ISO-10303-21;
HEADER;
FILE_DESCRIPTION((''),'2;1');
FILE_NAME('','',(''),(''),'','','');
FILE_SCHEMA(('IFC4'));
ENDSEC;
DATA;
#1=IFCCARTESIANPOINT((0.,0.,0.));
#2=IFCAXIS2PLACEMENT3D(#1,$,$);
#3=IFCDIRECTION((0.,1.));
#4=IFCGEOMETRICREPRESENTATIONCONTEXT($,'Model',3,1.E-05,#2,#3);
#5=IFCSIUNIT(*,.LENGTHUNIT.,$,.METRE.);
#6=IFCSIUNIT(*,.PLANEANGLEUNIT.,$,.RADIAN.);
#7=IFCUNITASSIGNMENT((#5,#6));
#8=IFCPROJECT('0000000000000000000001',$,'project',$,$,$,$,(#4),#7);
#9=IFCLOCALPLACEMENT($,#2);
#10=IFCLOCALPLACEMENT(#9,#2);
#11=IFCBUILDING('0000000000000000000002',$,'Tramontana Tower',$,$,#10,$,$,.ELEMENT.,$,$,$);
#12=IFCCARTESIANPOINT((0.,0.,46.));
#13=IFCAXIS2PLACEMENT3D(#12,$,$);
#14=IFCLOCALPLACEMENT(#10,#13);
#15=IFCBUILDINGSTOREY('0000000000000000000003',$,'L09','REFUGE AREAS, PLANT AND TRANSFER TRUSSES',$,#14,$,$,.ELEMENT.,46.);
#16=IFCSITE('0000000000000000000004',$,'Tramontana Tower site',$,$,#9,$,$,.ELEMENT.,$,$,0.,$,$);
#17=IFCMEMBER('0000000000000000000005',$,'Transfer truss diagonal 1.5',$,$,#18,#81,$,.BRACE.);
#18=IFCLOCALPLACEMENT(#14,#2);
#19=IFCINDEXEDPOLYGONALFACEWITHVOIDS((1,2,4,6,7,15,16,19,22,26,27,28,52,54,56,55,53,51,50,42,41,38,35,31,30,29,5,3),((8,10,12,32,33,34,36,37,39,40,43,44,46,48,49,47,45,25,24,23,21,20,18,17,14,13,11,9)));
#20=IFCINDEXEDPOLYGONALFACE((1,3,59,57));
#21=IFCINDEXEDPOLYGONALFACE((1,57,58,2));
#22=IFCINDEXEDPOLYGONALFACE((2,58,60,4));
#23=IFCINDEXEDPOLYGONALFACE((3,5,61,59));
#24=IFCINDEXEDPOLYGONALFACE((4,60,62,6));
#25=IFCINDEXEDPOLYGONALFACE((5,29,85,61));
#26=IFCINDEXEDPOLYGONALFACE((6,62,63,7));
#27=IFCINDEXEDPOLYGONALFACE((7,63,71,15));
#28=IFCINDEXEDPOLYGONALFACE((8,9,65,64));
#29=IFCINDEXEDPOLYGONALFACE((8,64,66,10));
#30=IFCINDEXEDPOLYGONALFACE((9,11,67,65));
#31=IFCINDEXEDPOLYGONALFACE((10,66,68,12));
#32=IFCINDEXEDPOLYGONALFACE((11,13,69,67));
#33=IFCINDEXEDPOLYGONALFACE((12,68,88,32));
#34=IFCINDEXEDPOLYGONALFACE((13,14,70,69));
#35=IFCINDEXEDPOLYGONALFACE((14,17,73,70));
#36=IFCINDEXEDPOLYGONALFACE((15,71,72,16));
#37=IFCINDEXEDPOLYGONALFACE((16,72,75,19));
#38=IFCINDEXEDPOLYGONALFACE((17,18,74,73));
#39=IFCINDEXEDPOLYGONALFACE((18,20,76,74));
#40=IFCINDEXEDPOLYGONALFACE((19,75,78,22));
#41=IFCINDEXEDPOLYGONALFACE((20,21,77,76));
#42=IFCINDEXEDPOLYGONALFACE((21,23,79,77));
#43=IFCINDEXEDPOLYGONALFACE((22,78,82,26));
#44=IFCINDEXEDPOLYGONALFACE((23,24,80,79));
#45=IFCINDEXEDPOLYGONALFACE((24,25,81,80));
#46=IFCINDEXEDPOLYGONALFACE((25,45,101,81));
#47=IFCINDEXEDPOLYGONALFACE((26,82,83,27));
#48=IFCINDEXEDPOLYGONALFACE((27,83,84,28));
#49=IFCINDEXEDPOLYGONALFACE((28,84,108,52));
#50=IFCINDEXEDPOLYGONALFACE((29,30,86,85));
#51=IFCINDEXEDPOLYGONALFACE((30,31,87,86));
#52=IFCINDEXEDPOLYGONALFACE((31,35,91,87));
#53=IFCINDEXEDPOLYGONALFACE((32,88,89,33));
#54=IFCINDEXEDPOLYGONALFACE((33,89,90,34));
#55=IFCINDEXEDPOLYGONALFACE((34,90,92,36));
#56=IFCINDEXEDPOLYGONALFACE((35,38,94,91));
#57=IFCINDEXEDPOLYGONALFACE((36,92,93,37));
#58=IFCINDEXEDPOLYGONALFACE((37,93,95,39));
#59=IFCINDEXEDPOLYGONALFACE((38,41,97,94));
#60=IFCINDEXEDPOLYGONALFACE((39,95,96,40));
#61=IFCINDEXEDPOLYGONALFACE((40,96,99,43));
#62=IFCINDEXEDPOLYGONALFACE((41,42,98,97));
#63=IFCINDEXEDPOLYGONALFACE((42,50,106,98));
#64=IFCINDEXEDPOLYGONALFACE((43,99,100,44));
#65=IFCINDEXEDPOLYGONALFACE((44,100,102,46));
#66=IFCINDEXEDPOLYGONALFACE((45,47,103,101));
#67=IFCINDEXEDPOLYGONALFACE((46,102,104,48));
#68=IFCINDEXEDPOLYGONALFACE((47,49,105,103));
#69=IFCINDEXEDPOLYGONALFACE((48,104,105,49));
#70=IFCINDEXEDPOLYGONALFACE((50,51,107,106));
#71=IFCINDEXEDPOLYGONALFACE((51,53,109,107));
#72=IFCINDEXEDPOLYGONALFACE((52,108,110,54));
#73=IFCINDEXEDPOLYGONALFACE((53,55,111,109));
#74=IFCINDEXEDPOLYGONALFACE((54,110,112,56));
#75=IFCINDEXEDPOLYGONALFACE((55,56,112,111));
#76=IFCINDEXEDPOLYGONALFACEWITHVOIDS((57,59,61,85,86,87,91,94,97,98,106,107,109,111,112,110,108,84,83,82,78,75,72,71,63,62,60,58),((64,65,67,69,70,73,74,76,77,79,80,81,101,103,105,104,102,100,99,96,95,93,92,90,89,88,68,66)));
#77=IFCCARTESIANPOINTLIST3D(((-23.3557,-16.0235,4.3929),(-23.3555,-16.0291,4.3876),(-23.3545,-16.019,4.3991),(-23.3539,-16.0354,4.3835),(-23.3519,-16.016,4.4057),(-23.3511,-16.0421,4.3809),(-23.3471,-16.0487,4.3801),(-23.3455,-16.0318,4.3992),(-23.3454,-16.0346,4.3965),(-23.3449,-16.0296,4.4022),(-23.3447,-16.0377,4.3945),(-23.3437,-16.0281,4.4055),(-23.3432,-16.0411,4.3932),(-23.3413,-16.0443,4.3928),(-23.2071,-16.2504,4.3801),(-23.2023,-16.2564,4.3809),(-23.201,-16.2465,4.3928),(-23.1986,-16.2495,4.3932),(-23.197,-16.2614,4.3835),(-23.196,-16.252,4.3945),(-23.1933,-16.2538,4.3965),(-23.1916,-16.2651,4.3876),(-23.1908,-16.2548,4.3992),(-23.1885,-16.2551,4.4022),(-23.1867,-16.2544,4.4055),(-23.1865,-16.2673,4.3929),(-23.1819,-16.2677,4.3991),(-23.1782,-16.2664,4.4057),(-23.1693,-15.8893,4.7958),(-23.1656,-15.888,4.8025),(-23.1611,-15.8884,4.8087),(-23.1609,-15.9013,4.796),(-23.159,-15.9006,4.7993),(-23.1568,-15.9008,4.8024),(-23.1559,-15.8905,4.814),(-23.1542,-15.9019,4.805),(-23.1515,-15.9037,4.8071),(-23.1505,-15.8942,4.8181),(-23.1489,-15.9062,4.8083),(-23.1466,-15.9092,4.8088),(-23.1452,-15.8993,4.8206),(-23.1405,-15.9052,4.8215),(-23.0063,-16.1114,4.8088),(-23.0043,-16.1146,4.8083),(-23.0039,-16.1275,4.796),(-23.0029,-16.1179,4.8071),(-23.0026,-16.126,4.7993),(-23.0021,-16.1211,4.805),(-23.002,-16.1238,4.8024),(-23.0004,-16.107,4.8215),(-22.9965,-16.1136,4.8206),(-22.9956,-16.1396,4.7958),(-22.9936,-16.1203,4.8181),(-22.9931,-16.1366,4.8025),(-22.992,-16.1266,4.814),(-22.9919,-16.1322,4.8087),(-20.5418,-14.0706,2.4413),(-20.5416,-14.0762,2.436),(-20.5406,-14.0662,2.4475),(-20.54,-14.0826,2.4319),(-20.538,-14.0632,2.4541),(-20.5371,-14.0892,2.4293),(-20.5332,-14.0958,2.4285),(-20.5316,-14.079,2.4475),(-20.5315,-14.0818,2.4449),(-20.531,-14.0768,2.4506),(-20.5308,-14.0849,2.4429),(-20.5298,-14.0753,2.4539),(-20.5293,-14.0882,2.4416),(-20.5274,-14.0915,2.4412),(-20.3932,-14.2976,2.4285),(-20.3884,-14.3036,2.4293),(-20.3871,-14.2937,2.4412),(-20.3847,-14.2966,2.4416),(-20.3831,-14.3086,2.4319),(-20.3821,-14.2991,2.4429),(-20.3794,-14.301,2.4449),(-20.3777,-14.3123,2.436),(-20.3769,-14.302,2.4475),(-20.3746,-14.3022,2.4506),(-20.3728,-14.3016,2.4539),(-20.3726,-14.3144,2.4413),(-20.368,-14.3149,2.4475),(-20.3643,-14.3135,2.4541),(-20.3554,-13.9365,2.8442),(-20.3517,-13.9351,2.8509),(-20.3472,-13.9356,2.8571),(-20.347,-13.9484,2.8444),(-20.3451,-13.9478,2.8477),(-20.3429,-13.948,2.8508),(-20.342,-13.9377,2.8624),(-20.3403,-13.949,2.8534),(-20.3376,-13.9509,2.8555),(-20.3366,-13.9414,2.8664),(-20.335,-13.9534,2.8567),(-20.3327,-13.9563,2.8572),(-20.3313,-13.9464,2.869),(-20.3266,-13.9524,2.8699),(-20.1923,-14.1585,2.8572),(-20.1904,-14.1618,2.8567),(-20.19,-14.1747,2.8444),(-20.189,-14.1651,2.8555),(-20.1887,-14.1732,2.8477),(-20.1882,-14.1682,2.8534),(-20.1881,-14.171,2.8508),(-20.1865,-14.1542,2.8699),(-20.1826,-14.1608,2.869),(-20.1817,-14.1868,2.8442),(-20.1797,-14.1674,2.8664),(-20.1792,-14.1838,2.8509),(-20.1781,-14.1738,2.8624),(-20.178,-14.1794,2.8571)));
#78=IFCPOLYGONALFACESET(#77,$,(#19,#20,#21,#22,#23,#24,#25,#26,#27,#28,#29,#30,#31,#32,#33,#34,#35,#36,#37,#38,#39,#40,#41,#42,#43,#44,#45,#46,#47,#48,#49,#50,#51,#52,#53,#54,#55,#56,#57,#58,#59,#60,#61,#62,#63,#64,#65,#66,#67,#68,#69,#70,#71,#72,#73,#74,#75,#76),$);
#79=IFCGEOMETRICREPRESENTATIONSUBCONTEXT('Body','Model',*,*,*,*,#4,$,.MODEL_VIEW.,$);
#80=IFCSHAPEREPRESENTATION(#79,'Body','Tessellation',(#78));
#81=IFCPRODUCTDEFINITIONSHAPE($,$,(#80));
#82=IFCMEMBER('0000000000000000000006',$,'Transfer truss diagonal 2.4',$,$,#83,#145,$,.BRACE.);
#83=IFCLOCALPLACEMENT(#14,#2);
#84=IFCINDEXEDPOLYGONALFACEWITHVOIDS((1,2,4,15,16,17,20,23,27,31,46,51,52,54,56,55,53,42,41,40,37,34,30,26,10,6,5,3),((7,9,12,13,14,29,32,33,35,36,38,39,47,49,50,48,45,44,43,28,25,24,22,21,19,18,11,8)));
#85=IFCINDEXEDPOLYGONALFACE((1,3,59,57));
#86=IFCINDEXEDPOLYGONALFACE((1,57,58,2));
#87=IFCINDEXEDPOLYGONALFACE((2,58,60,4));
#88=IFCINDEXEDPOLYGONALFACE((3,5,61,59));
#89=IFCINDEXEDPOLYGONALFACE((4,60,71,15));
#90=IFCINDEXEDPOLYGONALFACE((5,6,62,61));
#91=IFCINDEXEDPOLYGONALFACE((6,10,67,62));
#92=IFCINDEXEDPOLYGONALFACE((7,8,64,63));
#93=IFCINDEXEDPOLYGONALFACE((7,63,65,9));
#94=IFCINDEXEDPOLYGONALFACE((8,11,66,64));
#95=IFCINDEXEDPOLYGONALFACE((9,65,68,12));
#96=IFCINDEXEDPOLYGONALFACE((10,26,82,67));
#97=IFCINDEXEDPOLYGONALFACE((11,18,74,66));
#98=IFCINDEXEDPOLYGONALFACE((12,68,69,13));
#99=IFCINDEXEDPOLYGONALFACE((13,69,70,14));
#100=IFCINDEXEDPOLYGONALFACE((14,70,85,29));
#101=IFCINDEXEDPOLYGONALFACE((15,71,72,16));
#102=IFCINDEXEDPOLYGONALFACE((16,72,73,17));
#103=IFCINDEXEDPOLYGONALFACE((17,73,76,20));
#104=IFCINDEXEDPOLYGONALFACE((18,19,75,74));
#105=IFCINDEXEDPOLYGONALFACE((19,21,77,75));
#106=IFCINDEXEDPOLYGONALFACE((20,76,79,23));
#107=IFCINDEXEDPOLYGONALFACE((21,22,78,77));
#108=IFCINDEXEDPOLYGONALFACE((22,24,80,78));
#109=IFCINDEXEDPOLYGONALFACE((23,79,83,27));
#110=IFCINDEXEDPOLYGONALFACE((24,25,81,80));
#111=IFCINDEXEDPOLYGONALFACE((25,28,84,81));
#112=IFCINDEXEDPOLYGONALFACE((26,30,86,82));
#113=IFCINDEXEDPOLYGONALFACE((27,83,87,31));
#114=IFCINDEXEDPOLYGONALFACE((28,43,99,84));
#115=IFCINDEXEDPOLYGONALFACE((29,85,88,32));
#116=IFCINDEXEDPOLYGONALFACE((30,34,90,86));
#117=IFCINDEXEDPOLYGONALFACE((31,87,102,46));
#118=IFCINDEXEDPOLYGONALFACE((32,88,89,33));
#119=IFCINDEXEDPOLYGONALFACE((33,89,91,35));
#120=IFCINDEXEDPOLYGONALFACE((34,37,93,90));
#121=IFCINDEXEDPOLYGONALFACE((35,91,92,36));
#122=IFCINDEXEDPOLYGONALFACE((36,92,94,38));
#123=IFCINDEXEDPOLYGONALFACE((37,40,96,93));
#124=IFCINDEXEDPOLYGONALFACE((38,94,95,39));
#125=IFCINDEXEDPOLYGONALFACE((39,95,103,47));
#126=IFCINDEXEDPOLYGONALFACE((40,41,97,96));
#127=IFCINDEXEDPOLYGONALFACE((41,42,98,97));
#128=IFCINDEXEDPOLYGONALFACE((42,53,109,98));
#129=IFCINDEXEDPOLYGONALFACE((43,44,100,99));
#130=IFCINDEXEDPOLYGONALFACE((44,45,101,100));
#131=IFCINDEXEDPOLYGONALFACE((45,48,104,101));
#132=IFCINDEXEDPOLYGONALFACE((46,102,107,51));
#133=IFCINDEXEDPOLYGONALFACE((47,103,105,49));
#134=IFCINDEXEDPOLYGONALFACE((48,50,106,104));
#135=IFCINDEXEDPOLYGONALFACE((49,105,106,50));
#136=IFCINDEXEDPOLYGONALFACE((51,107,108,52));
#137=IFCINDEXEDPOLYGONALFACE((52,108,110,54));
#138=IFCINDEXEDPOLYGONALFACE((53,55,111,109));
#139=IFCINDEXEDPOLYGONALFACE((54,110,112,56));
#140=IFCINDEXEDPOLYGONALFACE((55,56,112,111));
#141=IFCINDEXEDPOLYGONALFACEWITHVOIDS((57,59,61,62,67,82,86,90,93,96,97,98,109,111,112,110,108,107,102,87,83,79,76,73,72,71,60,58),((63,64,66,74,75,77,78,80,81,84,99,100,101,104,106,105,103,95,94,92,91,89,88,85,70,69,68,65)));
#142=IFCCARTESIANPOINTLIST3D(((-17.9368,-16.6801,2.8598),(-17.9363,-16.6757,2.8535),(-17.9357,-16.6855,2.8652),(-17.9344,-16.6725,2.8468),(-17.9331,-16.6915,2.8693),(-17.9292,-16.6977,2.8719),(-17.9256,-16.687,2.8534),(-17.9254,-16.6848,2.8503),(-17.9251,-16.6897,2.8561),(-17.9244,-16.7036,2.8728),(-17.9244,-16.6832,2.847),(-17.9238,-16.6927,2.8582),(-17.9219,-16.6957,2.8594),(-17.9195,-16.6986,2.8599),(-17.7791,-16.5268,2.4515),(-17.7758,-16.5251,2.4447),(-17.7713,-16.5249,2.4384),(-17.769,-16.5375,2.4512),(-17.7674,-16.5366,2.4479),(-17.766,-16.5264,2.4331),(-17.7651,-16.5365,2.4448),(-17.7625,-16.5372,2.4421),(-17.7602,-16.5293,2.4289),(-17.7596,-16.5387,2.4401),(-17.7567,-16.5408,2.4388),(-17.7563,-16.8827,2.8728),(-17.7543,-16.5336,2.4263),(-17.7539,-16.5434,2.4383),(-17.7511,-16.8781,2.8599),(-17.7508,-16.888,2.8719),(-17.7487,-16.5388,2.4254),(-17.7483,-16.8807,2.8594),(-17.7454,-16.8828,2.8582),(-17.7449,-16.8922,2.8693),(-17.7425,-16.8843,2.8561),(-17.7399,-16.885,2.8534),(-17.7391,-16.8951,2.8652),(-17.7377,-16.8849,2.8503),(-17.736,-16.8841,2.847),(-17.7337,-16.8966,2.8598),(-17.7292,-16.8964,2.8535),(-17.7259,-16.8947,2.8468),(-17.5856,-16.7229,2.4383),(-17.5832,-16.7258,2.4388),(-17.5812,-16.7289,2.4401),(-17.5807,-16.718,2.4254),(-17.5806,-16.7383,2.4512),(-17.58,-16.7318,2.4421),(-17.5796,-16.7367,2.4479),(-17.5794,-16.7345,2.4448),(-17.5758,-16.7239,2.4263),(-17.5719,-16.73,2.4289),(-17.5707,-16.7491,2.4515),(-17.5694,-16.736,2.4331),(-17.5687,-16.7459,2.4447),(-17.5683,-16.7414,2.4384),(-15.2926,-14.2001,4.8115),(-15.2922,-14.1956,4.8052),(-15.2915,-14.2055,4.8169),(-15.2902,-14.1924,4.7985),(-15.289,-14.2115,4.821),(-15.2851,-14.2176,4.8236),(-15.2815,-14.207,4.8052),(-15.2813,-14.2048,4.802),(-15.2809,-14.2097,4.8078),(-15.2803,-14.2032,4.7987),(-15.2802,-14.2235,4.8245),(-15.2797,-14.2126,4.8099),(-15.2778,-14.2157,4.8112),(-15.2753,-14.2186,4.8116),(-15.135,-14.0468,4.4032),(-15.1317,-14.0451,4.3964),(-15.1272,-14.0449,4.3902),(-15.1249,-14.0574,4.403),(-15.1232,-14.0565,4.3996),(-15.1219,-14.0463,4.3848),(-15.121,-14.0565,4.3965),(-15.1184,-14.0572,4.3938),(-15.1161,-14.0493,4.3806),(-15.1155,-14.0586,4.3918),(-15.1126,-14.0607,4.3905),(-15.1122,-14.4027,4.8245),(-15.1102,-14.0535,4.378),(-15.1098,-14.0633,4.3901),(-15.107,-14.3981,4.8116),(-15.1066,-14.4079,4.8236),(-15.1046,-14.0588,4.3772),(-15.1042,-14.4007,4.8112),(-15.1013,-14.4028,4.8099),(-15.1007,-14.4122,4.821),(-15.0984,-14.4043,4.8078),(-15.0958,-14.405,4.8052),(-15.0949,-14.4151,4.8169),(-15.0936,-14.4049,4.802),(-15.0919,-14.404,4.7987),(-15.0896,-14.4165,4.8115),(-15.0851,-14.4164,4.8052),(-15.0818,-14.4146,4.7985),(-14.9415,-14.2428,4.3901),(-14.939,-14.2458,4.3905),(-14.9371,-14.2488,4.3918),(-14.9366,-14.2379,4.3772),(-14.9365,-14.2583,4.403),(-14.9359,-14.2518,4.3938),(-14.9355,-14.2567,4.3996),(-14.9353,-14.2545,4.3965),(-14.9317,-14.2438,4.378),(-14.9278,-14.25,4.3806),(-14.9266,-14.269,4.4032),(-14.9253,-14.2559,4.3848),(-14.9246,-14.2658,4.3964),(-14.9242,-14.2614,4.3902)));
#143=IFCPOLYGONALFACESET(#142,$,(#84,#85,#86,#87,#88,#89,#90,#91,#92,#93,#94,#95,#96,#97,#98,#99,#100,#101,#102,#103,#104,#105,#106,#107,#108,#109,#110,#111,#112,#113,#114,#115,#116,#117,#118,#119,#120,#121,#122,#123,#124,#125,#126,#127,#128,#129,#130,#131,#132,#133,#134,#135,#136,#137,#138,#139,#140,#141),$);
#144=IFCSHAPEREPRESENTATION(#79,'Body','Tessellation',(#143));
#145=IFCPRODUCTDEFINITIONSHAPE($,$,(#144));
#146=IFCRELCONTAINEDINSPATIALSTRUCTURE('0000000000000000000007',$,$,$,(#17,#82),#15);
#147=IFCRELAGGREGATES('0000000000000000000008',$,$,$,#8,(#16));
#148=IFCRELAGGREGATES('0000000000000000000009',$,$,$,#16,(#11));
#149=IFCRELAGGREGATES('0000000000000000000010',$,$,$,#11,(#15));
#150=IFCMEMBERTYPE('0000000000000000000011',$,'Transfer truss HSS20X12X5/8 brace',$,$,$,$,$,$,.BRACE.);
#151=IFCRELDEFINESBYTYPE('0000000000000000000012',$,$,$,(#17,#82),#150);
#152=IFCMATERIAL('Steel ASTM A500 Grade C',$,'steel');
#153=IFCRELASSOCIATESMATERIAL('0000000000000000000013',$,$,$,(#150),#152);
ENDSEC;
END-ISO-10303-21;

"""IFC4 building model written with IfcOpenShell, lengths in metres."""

from ifc_helpers import new_model, si_unit, direction, frame, origin, origin_2d, place, context, subcontext, project, spatial, hollow_rectangle, extrude, material, material_profile, profile_set, type_object, element, save


model = new_model("IFC4")

# Units and contexts
model_context = context("Model", 3, precision=1e-05, world=origin(), true_north=direction((0.0, 1.0)))
body_context = subcontext(model_context, "Body", "Model", "MODEL_VIEW")
ifc_project = project(units=[si_unit("LENGTHUNIT", "METRE"), si_unit("PLANEANGLEUNIT", "RADIAN")], contexts=[model_context])

# Site, building, storey
site_placement = place(None, origin())
site = spatial("IfcSite", under=ifc_project, at=site_placement, Name="Tramontana Tower site", CompositionType="ELEMENT", RefElevation=0.0)
building_placement = place(site_placement, origin())
building = spatial("IfcBuilding", under=site, at=building_placement, Name="Tramontana Tower", CompositionType="ELEMENT")
storey_placement = place(building_placement, frame((0.0, 0.0, 46.0)))
storey = spatial("IfcBuildingStorey", under=building, at=storey_placement, Name="L09", Description="REFUGE AREAS, PLANT AND TRANSFER TRUSSES", CompositionType="ELEMENT", Elevation=46.0)

# Members
ifc_material_1 = material(Name="Steel ASTM A500 Grade C", Category="steel")
ifc_material_profile_1 = material_profile(ifc_material_1, hollow_rectangle(XDim=0.3047, YDim=0.5081, WallThickness=0.0146, InnerFilletRadius=0.0146, OuterFilletRadius=0.0295, at=origin_2d()), Name="HSS20X12X5/8")
ifc_profile_set_1 = profile_set([ifc_material_profile_1], Name="Steel ASTM A500 Grade C")
member_type_1 = type_object("IfcMemberType", Name="Transfer truss HSS20X12X5/8 brace", PredefinedType="BRACE", material=ifc_profile_set_1)
member_1_placement = place(storey_placement, frame((-20.3599, -14.125, 2.6492), z_axis=(-0.713802, -0.495376, 0.495066), x_axis=(0.570147, -0.821542, 0.0)))
element("IfcMember", 1, at=member_1_placement, inside=storey, type_object=member_type_1, Name="Transfer truss diagonal 1.5", PredefinedType="BRACE", context=body_context, shape_type="SweptSolid", body=[
    extrude(hollow_rectangle(XDim=0.3047, YDim=0.5081, WallThickness=0.0146, InnerFilletRadius=0.0146, OuterFilletRadius=0.0295, at=origin_2d()), origin(), (0.0, 0.0, 1.0), 3.9421),
])
for number, where, z_axis, x_axis, name in (
    (2, (-15.1084, -14.2307, 4.6008), (-0.642215, -0.602366, -0.474041), (0.684116, -0.729373, 0.0), "Transfer truss diagonal 2.4"),
):
    element("IfcMember", number, at=place(storey_placement, frame(where, z_axis=z_axis, x_axis=x_axis)), inside=storey, type_object=member_type_1, Name=name, PredefinedType="BRACE", context=body_context, shape_type="SweptSolid", body=[
        extrude(hollow_rectangle(XDim=0.3047, YDim=0.5081, WallThickness=0.0146, InnerFilletRadius=0.0146, OuterFilletRadius=0.0295, at=origin_2d()), origin(), (0.0, 0.0, 1.0), 4.1172),
    ])

save(model, "model.ifc")
